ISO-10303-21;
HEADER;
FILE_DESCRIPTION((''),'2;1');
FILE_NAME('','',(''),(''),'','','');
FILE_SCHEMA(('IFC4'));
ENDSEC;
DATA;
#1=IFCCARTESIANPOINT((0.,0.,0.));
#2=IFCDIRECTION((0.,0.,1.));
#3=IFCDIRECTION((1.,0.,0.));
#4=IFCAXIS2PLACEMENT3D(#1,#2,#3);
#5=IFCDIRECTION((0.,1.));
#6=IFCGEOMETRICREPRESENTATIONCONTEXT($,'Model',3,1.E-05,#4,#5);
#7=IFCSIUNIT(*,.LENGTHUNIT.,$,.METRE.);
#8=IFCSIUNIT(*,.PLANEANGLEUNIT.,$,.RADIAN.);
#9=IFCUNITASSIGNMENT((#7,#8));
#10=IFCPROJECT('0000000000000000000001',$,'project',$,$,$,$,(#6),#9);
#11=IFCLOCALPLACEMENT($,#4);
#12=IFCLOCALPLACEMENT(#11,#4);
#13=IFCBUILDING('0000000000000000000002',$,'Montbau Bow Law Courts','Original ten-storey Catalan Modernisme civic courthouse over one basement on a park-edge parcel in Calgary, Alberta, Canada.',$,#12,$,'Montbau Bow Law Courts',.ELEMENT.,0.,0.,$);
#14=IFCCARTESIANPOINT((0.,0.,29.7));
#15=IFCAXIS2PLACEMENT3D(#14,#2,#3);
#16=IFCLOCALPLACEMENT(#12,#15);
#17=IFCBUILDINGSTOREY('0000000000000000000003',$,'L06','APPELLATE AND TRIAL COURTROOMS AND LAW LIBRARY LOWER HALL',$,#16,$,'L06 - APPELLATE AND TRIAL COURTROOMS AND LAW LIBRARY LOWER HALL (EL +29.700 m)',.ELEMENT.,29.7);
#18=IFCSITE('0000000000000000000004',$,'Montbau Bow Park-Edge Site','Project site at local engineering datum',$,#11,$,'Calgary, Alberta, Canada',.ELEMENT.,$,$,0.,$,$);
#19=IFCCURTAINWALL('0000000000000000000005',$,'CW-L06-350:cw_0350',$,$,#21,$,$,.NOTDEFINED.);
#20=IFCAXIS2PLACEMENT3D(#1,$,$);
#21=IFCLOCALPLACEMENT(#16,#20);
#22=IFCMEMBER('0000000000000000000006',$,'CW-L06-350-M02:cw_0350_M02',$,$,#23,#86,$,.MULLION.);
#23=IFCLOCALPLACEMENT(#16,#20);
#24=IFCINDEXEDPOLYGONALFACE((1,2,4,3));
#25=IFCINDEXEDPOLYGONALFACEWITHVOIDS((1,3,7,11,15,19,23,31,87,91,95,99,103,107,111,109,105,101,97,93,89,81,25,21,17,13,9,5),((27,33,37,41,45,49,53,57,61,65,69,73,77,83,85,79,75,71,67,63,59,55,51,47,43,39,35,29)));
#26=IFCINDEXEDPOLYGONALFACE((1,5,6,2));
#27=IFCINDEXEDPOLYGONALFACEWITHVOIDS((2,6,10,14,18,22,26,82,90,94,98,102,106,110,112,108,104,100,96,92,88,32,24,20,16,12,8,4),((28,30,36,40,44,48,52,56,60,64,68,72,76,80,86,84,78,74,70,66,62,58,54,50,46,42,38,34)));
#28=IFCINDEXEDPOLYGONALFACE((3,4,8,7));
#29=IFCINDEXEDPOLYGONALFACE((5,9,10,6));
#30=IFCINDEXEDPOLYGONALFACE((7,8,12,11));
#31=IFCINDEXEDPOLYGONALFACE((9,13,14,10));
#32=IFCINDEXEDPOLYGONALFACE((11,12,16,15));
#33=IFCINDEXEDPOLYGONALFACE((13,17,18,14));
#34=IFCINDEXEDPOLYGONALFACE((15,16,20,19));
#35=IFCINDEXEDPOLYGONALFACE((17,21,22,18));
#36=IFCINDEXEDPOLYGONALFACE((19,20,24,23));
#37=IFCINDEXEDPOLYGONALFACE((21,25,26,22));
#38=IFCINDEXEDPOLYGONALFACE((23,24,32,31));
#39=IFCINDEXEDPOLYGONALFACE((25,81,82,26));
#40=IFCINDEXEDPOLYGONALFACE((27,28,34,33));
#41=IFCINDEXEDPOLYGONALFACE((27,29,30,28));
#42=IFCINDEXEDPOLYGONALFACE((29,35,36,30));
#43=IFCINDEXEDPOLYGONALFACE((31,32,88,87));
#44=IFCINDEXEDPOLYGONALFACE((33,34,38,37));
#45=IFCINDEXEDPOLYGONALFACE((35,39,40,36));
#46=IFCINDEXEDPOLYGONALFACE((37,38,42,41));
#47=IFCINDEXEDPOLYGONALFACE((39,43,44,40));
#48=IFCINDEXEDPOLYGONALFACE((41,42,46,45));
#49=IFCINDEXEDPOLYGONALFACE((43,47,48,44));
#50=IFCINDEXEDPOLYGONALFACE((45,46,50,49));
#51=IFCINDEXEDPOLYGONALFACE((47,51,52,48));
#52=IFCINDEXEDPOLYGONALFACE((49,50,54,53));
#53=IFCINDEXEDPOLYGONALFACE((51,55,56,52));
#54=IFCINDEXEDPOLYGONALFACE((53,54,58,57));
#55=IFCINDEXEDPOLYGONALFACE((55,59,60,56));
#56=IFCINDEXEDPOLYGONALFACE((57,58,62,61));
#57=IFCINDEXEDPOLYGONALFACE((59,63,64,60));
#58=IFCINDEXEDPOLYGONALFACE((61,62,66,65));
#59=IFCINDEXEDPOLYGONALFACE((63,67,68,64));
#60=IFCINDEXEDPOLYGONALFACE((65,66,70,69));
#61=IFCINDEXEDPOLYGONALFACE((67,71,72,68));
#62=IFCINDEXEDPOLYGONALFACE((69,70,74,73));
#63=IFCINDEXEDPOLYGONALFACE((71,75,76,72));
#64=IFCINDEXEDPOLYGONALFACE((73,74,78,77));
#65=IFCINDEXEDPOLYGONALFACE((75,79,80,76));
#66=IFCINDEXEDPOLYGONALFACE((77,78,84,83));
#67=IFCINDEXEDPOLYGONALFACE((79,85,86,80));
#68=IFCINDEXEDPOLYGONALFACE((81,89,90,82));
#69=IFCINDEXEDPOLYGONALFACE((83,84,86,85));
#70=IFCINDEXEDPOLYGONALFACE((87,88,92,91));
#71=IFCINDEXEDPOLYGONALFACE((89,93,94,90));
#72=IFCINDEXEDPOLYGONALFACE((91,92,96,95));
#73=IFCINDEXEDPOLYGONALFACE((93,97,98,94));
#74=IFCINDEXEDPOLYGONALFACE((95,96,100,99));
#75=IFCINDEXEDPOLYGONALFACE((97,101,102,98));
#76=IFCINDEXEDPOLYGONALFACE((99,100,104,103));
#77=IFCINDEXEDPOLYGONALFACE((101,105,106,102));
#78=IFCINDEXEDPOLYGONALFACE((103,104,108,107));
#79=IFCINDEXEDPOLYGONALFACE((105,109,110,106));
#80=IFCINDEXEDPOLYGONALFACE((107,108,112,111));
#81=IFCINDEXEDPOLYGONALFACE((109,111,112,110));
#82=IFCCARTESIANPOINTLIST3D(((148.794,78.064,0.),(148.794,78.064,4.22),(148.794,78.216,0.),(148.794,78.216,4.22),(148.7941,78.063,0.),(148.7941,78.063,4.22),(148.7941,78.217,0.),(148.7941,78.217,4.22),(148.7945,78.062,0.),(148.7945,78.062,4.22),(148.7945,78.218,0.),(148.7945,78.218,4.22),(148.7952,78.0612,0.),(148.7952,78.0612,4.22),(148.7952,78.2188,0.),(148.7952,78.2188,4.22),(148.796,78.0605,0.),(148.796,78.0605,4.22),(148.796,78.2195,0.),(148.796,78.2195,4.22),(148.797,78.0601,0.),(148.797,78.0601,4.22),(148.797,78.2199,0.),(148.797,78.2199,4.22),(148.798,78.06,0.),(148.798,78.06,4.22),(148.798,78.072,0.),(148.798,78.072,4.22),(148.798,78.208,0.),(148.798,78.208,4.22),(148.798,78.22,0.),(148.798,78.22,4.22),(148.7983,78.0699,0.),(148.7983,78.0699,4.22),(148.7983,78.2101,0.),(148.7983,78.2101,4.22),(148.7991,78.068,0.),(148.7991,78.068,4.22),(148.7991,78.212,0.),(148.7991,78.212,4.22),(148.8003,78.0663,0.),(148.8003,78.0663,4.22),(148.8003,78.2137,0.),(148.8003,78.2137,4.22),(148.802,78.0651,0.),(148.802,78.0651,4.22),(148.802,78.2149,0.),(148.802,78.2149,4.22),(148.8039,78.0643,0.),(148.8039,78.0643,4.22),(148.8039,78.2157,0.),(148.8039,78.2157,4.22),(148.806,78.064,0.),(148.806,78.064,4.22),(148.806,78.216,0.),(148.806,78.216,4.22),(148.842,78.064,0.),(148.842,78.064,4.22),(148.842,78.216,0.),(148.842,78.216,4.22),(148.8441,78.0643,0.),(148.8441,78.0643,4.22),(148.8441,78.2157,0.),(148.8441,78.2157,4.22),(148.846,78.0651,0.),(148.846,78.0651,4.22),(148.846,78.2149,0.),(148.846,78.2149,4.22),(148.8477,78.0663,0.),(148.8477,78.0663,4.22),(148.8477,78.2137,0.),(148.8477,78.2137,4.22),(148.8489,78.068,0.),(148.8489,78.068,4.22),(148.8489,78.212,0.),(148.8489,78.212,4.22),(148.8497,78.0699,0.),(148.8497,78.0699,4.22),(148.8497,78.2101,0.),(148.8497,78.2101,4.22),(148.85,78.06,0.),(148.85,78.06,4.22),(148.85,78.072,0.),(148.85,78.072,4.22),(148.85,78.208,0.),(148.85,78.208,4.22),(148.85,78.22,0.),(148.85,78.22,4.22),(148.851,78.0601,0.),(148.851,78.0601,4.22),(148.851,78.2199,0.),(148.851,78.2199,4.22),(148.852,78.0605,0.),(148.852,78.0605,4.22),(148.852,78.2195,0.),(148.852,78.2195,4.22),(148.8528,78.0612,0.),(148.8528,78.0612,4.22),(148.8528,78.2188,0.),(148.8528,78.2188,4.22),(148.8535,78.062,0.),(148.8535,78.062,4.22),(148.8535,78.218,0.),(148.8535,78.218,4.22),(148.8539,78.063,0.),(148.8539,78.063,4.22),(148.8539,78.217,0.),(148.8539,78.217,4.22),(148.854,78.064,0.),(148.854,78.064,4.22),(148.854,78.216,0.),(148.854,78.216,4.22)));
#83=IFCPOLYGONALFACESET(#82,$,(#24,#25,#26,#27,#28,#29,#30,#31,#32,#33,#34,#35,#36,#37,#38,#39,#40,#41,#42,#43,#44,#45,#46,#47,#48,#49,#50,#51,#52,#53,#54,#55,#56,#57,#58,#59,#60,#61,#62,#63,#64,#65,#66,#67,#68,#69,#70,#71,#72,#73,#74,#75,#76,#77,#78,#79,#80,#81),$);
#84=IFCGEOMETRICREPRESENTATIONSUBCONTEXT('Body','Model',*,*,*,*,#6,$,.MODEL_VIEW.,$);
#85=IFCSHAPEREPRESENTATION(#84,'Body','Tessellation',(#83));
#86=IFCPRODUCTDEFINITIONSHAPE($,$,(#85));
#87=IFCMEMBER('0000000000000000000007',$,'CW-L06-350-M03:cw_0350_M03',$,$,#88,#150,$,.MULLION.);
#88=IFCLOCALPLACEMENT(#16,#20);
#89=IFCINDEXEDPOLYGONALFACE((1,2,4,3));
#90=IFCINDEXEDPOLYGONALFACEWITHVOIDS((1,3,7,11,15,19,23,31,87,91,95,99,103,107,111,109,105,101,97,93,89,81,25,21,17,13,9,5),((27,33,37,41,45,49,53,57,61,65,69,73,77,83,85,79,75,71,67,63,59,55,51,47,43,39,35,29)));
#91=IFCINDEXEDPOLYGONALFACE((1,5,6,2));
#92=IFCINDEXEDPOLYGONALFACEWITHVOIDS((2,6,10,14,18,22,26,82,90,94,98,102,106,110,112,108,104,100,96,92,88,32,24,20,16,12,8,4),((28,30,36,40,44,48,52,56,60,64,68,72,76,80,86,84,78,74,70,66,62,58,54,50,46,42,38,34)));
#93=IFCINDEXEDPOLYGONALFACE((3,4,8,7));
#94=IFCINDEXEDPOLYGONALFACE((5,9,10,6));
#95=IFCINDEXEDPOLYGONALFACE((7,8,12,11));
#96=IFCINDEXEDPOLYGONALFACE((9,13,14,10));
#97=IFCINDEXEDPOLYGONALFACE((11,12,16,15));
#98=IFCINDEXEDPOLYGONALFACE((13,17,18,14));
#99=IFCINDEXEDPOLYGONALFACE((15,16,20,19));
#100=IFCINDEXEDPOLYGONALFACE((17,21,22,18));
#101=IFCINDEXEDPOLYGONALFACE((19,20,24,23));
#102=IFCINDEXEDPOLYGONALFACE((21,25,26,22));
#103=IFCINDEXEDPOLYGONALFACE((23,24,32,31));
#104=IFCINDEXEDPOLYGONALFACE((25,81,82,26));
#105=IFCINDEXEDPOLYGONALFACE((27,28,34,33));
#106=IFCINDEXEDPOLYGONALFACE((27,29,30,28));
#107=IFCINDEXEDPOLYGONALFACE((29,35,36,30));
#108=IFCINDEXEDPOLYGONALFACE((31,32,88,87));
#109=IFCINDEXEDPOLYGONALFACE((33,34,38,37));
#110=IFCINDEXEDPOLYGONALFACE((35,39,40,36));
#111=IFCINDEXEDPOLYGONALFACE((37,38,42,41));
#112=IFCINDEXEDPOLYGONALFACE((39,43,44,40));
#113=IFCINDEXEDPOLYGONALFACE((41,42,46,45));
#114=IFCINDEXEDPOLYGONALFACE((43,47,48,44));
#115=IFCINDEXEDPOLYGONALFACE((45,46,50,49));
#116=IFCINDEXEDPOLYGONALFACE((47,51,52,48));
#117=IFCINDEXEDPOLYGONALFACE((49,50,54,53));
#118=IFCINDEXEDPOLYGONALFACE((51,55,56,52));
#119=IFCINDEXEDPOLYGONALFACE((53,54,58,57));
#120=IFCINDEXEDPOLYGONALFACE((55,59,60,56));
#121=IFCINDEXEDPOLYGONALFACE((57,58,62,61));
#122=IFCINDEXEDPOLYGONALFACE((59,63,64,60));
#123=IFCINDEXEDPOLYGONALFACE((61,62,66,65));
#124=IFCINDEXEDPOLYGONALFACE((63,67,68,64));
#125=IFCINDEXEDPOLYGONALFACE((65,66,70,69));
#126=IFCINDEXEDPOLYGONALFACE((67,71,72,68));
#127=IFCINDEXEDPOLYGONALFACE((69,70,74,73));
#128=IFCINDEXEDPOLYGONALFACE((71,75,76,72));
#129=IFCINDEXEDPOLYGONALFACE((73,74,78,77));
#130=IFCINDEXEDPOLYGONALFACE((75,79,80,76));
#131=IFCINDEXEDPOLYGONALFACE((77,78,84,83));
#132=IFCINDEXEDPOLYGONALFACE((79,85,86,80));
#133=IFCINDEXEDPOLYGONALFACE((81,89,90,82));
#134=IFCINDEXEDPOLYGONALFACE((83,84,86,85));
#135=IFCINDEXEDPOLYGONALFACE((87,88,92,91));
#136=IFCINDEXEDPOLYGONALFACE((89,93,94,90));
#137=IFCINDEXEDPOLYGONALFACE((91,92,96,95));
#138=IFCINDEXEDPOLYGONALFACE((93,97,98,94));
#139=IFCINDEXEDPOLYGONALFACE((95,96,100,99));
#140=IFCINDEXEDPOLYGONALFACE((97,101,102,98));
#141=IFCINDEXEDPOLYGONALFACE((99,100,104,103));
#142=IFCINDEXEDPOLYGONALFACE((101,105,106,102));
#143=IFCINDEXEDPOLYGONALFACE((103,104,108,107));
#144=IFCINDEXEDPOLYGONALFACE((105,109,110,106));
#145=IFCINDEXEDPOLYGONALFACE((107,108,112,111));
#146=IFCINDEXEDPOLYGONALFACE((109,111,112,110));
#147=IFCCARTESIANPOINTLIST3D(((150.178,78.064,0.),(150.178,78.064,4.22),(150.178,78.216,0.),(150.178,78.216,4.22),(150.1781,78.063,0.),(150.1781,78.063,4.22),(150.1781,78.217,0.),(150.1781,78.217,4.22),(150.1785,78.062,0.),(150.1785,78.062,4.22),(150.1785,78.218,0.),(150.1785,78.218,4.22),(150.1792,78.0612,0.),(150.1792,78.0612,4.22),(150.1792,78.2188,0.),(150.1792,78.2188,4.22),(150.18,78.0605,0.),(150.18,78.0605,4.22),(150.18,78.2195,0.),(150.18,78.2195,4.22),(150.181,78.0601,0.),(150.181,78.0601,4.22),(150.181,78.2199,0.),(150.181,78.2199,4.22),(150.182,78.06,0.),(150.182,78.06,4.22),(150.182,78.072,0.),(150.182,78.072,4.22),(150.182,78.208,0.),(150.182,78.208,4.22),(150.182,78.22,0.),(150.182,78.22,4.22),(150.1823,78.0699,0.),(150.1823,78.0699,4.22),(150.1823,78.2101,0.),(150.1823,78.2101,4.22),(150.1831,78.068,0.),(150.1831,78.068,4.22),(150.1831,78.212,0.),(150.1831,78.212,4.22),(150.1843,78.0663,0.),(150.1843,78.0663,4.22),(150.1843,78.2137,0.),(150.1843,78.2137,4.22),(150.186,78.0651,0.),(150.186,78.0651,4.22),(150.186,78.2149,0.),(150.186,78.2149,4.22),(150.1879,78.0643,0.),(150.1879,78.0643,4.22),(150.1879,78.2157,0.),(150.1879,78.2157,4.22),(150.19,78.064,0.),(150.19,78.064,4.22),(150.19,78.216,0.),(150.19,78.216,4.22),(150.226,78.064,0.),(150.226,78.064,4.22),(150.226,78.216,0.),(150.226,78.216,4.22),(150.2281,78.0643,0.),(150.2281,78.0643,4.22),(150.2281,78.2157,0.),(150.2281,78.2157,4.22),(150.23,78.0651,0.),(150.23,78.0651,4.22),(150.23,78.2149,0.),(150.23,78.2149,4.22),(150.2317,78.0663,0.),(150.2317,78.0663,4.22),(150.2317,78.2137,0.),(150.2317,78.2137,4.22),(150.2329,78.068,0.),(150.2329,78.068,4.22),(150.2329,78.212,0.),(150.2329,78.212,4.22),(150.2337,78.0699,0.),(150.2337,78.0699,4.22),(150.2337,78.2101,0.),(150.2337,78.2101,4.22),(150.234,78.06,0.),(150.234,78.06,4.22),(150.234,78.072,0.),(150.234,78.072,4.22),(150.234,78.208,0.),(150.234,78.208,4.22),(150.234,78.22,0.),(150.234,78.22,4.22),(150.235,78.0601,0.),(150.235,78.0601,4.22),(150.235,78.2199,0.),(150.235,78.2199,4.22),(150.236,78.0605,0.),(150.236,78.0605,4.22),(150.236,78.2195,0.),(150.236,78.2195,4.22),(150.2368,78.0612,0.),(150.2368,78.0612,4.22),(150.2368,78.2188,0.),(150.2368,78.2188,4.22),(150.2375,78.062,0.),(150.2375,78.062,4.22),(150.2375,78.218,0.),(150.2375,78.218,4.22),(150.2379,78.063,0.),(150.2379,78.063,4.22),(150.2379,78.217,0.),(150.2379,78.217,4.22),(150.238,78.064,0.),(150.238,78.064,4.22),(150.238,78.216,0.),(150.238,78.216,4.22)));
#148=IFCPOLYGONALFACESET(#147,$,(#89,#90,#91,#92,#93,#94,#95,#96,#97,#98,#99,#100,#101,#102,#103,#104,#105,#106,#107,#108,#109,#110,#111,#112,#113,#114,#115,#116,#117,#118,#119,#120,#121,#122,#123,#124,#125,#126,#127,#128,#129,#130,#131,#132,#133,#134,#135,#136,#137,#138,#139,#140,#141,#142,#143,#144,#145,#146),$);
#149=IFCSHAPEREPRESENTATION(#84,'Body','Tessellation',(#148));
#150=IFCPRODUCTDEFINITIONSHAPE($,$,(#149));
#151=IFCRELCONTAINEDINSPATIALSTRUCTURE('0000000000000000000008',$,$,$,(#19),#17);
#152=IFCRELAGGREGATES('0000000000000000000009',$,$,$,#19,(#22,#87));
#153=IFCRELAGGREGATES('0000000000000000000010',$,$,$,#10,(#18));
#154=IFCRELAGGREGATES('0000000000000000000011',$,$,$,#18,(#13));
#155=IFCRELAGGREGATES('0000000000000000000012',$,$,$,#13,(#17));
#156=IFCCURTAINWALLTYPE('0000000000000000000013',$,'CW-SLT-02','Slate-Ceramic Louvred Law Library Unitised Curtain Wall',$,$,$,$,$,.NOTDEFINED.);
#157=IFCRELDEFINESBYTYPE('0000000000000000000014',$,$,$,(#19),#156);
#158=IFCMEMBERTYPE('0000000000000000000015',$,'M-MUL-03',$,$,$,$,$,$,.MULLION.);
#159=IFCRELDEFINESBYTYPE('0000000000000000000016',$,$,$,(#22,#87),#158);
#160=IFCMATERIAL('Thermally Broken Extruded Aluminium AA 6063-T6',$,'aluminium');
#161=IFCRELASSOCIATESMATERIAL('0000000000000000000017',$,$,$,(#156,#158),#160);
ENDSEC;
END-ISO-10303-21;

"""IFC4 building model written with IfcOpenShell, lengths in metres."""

from ifc_helpers import new_model, si_unit, direction, frame, origin_with_axes, origin_2d_with_axis, place, context, subcontext, project, spatial, hollow_rectangle, extrude, material, material_profile, profile_set, type_object, element, aggregate, save


model = new_model("IFC4")

# Units and contexts
model_context = context("Model", 3, precision=1e-05, world=origin_with_axes(), true_north=direction((0.0, 1.0)))
body_context = subcontext(model_context, "Body", "Model", "MODEL_VIEW")
ifc_project = project(units=[si_unit("LENGTHUNIT", "METRE"), si_unit("PLANEANGLEUNIT", "RADIAN")], contexts=[model_context])

# Site, building, storey
site_placement = place(None, origin_with_axes())
site = spatial("IfcSite", under=ifc_project, at=site_placement, Name="Montbau Bow Park-Edge Site", Description="Project site at local engineering datum", LongName="Calgary, Alberta, Canada", CompositionType="ELEMENT", RefElevation=0.0)
building_placement = place(site_placement, origin_with_axes())
building = spatial("IfcBuilding", under=site, at=building_placement, Name="Montbau Bow Law Courts", Description="Original ten-storey Catalan Modernisme civic courthouse over one basement on a park-edge parcel in Calgary, Alberta, Canada.", LongName="Montbau Bow Law Courts", CompositionType="ELEMENT", ElevationOfRefHeight=0.0, ElevationOfTerrain=0.0)
storey_placement = place(building_placement, frame((0.0, 0.0, 29.7), z_axis=(0.0, 0.0, 1.0), x_axis=(1.0, 0.0, 0.0)))
storey = spatial("IfcBuildingStorey", under=building, at=storey_placement, Name="L06", Description="APPELLATE AND TRIAL COURTROOMS AND LAW LIBRARY LOWER HALL", LongName="L06 - APPELLATE AND TRIAL COURTROOMS AND LAW LIBRARY LOWER HALL (EL +29.700 m)", CompositionType="ELEMENT", Elevation=29.7)

# Curtain wall, members
ifc_material_1 = material(Name="Thermally Broken Extruded Aluminium AA 6063-T6", Category="aluminium")
curtain_wall_type = type_object("IfcCurtainWallType", Name="CW-SLT-02", Description="Slate-Ceramic Louvred Law Library Unitised Curtain Wall", PredefinedType="NOTDEFINED", material=ifc_material_1)
curtain_wall_placement = place(None, frame((147.44, 78.14, 29.7), z_axis=(0.0, 0.0, 1.0), x_axis=(1.0, 0.0, 0.0)))
curtain_wall = element("IfcCurtainWall", 1, at=curtain_wall_placement, inside=storey, type_object=curtain_wall_type, Name="CW-L06-350:cw_0350", PredefinedType="NOTDEFINED")
ifc_material_profile_1 = material_profile(ifc_material_1, hollow_rectangle(XDim=0.06, YDim=0.16, WallThickness=0.004, InnerFilletRadius=0.008, OuterFilletRadius=0.004, at=origin_2d_with_axis()), Name="CWM-160X60", Category="Main", Priority=0)
ifc_profile_set_1 = profile_set([ifc_material_profile_1], Name="Thermally Broken Extruded Aluminium AA 6063-T6")
member_type_1 = type_object("IfcMemberType", Name="M-MUL-03", PredefinedType="MULLION", material=ifc_profile_set_1)
member_1_placement = place(None, frame((148.824, 78.14, 29.7), z_axis=(0.0, 0.0, 1.0), x_axis=(1.0, 0.0, 0.0)))
member_1 = element("IfcMember", 2, at=member_1_placement, type_object=member_type_1, Name="CW-L06-350-M02:cw_0350_M02", PredefinedType="MULLION", context=body_context, shape_type="SweptSolid", body=[
    extrude(hollow_rectangle(XDim=0.06, YDim=0.16, WallThickness=0.004, InnerFilletRadius=0.008, OuterFilletRadius=0.004, at=origin_2d_with_axis()), origin_with_axes(), (0.0, 0.0, 1.0), 4.22),
])
member_2_placement = place(None, frame((150.208, 78.14, 29.7), z_axis=(0.0, 0.0, 1.0), x_axis=(1.0, 0.0, 0.0)))
member_2 = element("IfcMember", 3, at=member_2_placement, type_object=member_type_1, Name="CW-L06-350-M03:cw_0350_M03", PredefinedType="MULLION", context=body_context, shape_type="SweptSolid", body=[
    extrude(hollow_rectangle(XDim=0.06, YDim=0.16, WallThickness=0.004, InnerFilletRadius=0.008, OuterFilletRadius=0.004, at=origin_2d_with_axis()), origin_with_axes(), (0.0, 0.0, 1.0), 4.22),
])
aggregate(curtain_wall, [member_1, member_2])

save(model, "model.ifc")
